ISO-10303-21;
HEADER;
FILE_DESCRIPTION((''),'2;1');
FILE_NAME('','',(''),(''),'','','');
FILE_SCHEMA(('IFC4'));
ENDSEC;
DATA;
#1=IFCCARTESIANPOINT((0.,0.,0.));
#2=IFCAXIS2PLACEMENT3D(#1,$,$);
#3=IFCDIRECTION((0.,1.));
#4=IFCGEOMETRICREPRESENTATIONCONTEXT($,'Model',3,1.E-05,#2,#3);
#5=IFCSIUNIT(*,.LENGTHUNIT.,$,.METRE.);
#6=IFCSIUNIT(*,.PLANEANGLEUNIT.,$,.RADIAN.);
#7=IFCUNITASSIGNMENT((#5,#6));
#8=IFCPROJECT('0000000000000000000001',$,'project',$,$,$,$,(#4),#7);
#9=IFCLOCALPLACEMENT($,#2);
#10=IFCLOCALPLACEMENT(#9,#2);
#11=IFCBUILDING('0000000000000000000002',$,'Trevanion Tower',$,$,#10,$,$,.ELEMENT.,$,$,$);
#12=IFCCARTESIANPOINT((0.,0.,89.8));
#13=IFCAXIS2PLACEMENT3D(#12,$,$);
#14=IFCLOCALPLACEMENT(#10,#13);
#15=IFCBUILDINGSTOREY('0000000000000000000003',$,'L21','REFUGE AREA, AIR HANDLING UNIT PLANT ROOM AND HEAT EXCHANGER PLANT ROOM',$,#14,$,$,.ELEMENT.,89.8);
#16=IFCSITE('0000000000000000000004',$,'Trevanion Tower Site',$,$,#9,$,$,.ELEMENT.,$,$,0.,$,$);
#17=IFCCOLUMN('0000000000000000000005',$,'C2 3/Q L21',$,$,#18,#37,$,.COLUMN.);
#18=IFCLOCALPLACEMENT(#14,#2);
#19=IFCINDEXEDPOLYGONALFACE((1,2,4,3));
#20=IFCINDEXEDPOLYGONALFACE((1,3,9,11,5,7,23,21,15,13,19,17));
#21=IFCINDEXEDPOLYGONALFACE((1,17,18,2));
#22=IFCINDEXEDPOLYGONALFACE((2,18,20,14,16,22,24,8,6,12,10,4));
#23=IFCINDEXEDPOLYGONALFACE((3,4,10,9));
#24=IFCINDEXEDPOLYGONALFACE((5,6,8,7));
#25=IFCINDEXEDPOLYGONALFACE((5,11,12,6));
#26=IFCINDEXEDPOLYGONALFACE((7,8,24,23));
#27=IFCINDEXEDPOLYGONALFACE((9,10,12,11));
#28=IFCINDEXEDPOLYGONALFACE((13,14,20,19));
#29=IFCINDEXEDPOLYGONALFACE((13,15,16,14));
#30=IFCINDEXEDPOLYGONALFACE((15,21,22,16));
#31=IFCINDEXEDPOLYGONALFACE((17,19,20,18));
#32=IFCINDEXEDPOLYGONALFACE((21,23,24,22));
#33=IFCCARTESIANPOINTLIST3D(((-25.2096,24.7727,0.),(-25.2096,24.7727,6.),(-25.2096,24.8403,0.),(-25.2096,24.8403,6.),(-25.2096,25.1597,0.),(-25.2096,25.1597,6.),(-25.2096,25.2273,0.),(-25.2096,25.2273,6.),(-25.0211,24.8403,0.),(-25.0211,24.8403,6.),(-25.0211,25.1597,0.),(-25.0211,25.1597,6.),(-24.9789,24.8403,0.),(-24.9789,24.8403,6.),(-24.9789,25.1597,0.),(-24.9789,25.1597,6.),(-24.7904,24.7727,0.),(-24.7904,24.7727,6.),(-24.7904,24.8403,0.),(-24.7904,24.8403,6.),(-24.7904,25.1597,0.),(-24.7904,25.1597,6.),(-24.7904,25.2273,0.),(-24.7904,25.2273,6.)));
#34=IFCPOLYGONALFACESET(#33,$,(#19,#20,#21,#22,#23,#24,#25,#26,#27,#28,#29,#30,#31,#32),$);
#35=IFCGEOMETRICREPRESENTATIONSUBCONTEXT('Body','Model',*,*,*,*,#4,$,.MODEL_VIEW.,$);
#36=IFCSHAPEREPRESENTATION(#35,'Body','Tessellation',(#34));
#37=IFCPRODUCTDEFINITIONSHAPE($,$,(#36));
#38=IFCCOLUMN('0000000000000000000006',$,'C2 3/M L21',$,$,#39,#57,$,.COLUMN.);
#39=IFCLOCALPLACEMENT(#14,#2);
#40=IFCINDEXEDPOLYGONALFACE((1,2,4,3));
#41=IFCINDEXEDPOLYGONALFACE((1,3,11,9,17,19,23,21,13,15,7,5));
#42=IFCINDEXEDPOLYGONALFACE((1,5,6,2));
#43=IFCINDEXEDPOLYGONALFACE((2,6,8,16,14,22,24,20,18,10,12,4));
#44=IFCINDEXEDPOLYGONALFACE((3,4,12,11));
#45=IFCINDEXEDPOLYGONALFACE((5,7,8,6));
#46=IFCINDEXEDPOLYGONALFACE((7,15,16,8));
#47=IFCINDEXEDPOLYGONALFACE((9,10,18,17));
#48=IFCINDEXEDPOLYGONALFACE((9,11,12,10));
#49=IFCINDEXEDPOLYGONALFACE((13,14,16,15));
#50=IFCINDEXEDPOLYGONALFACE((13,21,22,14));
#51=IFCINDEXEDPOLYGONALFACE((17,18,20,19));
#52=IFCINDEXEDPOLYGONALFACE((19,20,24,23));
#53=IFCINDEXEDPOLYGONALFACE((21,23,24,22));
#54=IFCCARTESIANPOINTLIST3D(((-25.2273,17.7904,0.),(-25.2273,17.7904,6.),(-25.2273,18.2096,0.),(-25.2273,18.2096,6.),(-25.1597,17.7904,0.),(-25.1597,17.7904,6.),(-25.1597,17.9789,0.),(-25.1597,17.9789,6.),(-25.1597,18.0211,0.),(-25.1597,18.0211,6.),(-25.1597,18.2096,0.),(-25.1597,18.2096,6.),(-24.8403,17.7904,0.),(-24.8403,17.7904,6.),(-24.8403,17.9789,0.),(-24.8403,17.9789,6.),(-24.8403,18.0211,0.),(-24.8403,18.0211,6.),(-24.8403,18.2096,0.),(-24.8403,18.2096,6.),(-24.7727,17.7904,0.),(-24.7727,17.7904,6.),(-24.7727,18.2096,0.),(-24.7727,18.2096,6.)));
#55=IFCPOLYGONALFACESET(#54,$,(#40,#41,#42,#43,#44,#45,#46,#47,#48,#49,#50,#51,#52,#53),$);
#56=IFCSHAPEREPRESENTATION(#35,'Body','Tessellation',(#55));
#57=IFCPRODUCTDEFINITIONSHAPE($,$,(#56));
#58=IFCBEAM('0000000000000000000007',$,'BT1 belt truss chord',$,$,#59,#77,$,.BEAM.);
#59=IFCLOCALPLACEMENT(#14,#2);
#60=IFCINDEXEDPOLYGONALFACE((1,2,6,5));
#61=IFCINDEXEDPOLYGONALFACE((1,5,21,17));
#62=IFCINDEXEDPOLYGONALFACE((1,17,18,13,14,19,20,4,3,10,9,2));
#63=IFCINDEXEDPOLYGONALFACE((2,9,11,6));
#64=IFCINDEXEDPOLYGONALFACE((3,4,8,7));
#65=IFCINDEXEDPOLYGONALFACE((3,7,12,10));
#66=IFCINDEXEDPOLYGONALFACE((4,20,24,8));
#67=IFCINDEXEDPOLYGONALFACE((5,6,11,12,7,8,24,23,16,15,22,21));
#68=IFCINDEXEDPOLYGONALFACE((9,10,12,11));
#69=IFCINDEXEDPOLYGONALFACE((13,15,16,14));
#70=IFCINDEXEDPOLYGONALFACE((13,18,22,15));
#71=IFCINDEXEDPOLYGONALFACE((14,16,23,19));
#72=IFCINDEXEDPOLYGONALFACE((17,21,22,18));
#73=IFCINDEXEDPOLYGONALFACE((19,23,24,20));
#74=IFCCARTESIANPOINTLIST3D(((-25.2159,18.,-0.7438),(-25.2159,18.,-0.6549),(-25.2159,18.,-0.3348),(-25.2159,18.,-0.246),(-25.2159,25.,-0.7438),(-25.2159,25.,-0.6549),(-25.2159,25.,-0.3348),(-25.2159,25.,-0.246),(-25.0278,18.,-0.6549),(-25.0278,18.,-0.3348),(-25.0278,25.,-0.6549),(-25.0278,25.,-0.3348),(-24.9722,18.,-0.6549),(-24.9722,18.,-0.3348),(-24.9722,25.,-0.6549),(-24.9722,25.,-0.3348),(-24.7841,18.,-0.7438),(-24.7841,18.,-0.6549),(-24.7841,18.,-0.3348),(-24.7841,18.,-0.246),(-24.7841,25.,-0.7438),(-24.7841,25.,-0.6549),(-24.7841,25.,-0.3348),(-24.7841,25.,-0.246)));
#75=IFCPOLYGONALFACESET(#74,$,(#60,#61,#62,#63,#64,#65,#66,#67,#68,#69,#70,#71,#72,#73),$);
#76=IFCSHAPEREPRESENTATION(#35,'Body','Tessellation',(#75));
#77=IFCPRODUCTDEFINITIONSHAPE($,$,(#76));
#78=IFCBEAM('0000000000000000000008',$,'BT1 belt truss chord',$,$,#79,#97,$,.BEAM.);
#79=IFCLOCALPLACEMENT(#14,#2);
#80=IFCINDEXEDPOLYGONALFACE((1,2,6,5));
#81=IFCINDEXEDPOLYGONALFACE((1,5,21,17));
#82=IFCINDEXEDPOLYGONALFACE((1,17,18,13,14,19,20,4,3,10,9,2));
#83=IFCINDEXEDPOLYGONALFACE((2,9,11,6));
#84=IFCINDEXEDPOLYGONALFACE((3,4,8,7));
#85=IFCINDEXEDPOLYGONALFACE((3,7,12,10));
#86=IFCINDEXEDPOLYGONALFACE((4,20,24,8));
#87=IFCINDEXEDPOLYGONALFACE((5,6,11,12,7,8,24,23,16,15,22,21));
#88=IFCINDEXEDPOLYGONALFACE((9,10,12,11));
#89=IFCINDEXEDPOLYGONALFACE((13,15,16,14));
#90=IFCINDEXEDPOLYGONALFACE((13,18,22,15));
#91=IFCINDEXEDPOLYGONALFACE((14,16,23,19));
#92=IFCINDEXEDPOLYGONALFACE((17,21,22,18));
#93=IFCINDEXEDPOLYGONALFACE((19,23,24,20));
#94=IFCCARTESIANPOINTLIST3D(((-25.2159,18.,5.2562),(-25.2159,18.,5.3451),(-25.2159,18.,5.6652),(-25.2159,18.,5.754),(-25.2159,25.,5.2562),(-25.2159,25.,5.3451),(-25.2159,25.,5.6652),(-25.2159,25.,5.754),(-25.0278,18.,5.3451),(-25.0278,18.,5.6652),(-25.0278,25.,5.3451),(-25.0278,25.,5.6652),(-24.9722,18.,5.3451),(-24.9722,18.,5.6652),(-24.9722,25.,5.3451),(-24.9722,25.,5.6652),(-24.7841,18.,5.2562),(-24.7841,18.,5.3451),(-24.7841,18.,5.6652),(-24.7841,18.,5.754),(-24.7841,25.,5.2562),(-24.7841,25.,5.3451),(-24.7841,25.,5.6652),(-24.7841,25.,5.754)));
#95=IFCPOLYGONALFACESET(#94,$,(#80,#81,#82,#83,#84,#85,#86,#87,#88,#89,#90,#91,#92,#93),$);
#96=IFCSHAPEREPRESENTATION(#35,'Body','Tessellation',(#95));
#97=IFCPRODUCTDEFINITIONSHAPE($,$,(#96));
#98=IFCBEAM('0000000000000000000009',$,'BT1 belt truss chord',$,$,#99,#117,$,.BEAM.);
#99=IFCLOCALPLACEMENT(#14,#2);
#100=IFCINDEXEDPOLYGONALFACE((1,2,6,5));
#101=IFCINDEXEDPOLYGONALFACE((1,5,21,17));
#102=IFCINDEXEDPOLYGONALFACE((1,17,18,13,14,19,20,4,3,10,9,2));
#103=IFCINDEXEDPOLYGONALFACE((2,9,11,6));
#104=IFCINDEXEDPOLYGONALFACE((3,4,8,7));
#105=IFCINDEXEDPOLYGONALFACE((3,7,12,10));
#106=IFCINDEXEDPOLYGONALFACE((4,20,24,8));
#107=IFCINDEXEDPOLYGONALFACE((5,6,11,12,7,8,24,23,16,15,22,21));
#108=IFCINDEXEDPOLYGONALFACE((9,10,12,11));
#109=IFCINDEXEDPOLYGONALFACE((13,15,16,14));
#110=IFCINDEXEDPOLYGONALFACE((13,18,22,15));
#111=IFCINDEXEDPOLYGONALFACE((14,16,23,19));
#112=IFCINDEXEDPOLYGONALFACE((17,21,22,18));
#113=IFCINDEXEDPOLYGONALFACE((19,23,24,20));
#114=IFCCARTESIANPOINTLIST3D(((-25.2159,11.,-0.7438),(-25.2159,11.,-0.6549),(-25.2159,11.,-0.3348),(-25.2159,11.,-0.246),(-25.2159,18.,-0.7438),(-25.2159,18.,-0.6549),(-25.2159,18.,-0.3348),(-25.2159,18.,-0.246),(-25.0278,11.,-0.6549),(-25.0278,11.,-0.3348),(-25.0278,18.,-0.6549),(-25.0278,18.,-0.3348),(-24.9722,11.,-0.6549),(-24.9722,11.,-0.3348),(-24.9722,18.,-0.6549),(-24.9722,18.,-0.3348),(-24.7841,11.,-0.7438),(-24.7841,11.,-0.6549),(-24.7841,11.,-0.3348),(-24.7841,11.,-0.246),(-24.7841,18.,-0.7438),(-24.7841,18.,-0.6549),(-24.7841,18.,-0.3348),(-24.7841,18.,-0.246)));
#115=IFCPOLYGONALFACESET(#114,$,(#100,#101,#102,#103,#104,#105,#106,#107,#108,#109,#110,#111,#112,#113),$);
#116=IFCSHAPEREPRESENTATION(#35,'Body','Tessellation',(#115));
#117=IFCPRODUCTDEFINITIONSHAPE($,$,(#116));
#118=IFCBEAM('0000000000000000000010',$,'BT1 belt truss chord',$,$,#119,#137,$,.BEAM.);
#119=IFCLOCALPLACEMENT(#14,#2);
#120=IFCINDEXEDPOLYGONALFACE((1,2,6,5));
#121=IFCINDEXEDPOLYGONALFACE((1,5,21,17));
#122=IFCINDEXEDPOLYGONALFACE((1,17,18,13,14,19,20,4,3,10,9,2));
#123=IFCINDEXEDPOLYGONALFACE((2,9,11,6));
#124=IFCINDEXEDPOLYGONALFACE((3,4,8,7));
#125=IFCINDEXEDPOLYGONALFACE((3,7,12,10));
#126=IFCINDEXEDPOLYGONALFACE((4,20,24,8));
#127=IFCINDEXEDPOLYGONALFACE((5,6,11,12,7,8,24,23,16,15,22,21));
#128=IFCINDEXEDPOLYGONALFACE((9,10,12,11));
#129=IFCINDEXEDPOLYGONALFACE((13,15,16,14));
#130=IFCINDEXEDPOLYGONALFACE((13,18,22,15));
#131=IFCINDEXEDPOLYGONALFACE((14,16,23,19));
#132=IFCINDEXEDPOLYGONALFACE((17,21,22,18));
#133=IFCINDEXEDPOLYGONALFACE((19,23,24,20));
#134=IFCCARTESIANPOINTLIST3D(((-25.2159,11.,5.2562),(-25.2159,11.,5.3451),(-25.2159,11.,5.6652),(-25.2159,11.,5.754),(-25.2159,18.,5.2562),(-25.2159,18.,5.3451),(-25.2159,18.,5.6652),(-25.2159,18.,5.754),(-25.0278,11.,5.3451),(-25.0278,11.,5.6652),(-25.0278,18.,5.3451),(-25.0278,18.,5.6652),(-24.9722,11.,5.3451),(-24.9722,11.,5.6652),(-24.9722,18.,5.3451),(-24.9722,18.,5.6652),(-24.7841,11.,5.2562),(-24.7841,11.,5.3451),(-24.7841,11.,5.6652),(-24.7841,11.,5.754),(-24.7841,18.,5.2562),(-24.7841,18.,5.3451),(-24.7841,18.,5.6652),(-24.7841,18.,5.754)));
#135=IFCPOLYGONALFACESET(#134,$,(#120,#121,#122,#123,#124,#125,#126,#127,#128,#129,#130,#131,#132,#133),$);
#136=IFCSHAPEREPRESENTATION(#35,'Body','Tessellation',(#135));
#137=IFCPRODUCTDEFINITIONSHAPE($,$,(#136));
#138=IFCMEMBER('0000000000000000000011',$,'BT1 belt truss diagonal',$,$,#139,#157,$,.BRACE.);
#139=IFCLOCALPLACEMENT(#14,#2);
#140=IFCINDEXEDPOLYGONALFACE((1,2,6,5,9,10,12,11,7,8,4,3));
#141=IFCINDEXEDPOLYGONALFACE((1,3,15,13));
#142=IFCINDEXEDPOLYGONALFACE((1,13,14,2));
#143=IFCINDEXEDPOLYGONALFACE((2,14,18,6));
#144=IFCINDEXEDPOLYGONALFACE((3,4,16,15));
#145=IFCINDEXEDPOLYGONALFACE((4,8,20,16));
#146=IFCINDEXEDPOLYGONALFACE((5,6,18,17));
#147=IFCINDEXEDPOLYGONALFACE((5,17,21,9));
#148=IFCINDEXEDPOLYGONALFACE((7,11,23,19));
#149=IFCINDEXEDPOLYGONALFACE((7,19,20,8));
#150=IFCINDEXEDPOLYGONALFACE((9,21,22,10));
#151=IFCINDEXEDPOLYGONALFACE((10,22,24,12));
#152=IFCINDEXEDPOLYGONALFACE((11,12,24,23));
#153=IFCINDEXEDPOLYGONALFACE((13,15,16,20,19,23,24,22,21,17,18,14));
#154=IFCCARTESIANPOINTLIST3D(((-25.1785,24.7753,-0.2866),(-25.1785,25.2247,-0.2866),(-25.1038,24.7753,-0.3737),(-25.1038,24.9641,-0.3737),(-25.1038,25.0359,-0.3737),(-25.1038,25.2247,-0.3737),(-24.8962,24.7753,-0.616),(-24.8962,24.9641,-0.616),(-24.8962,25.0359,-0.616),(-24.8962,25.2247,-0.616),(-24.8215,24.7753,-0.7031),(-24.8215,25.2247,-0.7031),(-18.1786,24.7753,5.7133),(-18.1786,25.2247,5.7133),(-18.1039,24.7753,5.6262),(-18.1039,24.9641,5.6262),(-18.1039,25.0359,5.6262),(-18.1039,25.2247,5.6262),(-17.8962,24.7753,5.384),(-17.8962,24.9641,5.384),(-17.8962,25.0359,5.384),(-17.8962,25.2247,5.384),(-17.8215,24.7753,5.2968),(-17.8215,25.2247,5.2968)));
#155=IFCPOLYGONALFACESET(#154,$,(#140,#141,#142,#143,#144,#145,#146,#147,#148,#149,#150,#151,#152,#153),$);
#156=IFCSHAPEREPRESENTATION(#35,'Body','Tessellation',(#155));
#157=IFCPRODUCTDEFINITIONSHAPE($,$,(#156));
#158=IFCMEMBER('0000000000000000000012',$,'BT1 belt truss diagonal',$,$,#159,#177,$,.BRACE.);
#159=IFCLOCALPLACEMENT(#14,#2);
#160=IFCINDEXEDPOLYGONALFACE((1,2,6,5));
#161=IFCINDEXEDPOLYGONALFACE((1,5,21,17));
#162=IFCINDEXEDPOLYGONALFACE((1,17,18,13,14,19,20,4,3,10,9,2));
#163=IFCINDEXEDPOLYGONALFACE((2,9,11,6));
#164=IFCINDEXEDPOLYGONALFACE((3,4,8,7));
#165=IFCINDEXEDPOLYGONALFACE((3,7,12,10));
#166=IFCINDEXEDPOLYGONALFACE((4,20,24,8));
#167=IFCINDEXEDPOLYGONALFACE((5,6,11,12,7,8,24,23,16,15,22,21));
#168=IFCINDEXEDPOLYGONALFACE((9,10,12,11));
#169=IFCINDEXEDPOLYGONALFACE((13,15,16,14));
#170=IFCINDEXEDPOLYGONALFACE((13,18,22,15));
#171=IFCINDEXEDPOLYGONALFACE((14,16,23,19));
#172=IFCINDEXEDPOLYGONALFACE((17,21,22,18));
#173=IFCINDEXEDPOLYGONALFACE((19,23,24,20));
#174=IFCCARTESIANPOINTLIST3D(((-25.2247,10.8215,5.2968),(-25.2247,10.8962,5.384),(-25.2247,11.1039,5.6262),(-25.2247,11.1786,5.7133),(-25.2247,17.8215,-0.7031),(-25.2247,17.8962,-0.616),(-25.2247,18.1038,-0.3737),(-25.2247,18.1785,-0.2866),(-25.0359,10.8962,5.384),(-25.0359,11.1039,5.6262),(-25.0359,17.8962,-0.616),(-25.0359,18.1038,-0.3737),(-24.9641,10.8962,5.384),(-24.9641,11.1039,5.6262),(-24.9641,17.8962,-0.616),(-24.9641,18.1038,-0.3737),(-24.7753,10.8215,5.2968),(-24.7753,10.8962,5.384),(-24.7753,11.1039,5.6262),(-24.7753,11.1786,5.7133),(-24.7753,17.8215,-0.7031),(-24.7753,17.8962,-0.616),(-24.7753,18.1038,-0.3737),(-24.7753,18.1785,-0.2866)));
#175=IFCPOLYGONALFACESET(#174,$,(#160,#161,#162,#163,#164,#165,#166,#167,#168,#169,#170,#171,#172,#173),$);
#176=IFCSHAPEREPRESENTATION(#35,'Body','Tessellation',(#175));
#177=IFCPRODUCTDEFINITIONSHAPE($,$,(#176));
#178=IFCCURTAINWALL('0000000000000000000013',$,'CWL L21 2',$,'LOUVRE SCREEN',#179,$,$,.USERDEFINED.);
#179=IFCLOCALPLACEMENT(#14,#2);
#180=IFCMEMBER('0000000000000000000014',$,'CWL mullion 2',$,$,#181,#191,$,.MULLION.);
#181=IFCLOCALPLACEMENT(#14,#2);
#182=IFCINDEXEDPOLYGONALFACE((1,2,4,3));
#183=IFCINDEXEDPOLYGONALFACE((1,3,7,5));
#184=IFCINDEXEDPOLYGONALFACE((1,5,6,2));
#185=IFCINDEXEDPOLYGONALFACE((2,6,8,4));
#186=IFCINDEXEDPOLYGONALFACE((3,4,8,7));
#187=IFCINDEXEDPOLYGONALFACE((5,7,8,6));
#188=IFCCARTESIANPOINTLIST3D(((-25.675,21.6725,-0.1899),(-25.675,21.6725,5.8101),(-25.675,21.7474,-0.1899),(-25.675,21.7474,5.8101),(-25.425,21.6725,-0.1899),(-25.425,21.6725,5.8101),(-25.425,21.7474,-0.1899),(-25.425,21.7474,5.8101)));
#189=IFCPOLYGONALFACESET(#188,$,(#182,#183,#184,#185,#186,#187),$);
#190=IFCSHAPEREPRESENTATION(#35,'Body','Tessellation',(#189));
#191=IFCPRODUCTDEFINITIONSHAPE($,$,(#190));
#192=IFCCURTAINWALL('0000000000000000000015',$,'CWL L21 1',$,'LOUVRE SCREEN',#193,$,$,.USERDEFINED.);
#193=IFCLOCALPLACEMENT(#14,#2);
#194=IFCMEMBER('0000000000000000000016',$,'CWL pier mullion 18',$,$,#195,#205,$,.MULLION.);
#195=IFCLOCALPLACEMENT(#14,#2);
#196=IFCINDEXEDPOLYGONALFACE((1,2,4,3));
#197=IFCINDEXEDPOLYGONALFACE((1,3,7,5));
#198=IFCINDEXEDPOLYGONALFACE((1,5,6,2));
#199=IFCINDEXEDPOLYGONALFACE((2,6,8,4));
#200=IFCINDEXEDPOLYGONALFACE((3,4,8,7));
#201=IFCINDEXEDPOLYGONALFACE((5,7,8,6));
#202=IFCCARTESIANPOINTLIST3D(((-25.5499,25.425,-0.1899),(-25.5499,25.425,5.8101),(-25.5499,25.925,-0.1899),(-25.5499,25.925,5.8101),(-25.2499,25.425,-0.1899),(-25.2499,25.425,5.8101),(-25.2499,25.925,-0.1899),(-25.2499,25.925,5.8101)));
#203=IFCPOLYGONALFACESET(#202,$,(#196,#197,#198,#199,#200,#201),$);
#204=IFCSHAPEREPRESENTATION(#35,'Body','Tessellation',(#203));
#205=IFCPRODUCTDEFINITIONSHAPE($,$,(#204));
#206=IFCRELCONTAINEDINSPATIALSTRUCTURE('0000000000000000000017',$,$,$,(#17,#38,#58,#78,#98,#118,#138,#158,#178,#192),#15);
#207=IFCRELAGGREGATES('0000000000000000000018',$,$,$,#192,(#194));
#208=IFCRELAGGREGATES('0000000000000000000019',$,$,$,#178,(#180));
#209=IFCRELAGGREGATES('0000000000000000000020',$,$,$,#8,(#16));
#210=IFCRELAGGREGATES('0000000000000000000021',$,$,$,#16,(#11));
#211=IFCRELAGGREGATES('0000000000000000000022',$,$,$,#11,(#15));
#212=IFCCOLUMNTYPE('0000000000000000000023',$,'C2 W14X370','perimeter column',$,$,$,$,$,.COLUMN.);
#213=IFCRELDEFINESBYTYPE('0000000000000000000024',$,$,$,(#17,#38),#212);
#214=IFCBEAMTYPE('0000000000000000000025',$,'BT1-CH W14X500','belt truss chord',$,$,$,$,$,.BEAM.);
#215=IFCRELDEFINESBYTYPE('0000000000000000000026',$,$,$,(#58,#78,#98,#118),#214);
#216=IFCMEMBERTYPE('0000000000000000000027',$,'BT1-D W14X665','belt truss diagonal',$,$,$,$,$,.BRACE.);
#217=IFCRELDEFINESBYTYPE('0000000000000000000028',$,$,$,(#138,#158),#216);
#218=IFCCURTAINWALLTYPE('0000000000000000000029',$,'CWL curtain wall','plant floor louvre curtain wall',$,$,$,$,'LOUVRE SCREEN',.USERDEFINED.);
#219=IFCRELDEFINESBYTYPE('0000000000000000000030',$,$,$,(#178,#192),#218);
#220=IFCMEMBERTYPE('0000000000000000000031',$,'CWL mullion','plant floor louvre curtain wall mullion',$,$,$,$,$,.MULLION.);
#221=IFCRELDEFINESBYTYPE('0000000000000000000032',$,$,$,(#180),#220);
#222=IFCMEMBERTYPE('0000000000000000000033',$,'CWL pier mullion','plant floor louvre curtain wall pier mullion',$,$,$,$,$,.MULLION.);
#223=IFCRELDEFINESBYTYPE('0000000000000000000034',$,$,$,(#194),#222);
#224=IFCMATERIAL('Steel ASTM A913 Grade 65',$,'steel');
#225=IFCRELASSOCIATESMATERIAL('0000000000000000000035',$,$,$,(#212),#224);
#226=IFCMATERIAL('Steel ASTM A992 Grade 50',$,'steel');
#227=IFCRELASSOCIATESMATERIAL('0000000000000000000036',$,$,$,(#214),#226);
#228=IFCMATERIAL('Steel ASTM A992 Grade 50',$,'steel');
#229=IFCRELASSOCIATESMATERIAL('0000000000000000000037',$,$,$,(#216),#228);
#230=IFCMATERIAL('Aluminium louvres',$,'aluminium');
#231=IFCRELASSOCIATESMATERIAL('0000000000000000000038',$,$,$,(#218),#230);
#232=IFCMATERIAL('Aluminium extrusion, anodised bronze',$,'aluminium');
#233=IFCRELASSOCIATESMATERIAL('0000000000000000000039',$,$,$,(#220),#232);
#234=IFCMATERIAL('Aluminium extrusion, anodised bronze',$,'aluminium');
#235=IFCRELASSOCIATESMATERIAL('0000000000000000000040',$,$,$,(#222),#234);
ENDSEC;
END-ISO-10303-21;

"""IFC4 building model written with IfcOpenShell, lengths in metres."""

from ifc_helpers import new_model, si_unit, direction, frame, origin, origin_2d, place, context, subcontext, project, spatial, rectangle, i_section, extrude, material, material_profile, profile_set, type_object, element, aggregate, save


model = new_model("IFC4")

# Units and contexts
model_context = context("Model", 3, precision=1e-05, world=origin(), true_north=direction((0.0, 1.0)))
body_context = subcontext(model_context, "Body", "Model", "MODEL_VIEW")
ifc_project = project(units=[si_unit("LENGTHUNIT", "METRE"), si_unit("PLANEANGLEUNIT", "RADIAN")], contexts=[model_context])

# Site, building, storey
site_placement = place(None, origin())
site = spatial("IfcSite", under=ifc_project, at=site_placement, Name="Trevanion Tower Site", CompositionType="ELEMENT", RefElevation=0.0)
building_placement = place(site_placement, origin())
building = spatial("IfcBuilding", under=site, at=building_placement, Name="Trevanion Tower", CompositionType="ELEMENT")
storey_placement = place(building_placement, frame((0.0, 0.0, 89.8)))
storey = spatial("IfcBuildingStorey", under=building, at=storey_placement, Name="L21", Description="REFUGE AREA, AIR HANDLING UNIT PLANT ROOM AND HEAT EXCHANGER PLANT ROOM", CompositionType="ELEMENT", Elevation=89.8)

# Columns
ifc_material_1 = material(Name="Steel ASTM A913 Grade 65", Category="steel")
ifc_material_profile_1 = material_profile(ifc_material_1, i_section(OverallWidth=0.4192, OverallDepth=0.4546, WebThickness=0.0422, FlangeThickness=0.0676, at=origin_2d()), Name="W14X370")
ifc_profile_set_1 = profile_set([ifc_material_profile_1], Name="Steel ASTM A913 Grade 65")
column_type = type_object("IfcColumnType", Name="C2 W14X370", Description="perimeter column", PredefinedType="COLUMN", material=ifc_profile_set_1)
for number, where, z_axis, x_axis, name in (
    (1, (-25.0, 25.0, 0.0), (0.0, 0.0, 1.0), (1.0, 0.0, 0.0), "C2 3/Q L21"),
    (2, (-25.0, 18.0, 0.0), (0.0, 0.0, 1.0), (0.0, 1.0, 0.0), "C2 3/M L21"),
):
    element("IfcColumn", number, at=place(storey_placement, frame(where, z_axis=z_axis, x_axis=x_axis)), inside=storey, type_object=column_type, Name=name, PredefinedType="COLUMN", context=body_context, shape_type="SweptSolid", body=[
        extrude(i_section(OverallWidth=0.4192, OverallDepth=0.4546, WebThickness=0.0422, FlangeThickness=0.0676, at=origin_2d()), origin(), (0.0, 0.0, 1.0), 6.0),
    ])

# Beams
ifc_material_2 = material(Name="Steel ASTM A992 Grade 50", Category="steel")
ifc_material_profile_2 = material_profile(ifc_material_2, i_section(OverallWidth=0.4319, OverallDepth=0.4978, WebThickness=0.0557, FlangeThickness=0.0889, at=origin_2d()), Name="W14X500")
ifc_profile_set_2 = profile_set([ifc_material_profile_2], Name="Steel ASTM A992 Grade 50")
beam_type = type_object("IfcBeamType", Name="BT1-CH W14X500", Description="belt truss chord", PredefinedType="BEAM", material=ifc_profile_set_2)
for number, where, z_axis, x_axis, name in (
    (3, (-25.0, 25.0, -0.4949), (0.0, -1.0, 0.0), (1.0, 0.0, 0.0), "BT1 belt truss chord"),
    (4, (-25.0, 25.0, 5.5051), (0.0, -1.0, 0.0), (1.0, 0.0, 0.0), "BT1 belt truss chord"),
    (5, (-25.0, 18.0, -0.4949), (0.0, -1.0, 0.0), (1.0, 0.0, 0.0), "BT1 belt truss chord"),
    (6, (-25.0, 18.0, 5.5051), (0.0, -1.0, 0.0), (1.0, 0.0, 0.0), "BT1 belt truss chord"),
):
    element("IfcBeam", number, at=place(storey_placement, frame(where, z_axis=z_axis, x_axis=x_axis)), inside=storey, type_object=beam_type, Name=name, PredefinedType="BEAM", context=body_context, shape_type="SweptSolid", body=[
        extrude(i_section(OverallWidth=0.4319, OverallDepth=0.4978, WebThickness=0.0557, FlangeThickness=0.0889, at=origin_2d()), origin(), (0.0, 0.0, 1.0), 7.0),
    ])

# Members
ifc_material_3 = material(Name="Steel ASTM A992 Grade 50", Category="steel")
ifc_material_profile_3 = material_profile(ifc_material_3, i_section(OverallWidth=0.4495, OverallDepth=0.5486, WebThickness=0.0718, FlangeThickness=0.1147, at=origin_2d()), Name="W14X665")
ifc_profile_set_3 = profile_set([ifc_material_profile_3], Name="Steel ASTM A992 Grade 50")
member_type_1 = type_object("IfcMemberType", Name="BT1-D W14X665", Description="belt truss diagonal", PredefinedType="BRACE", material=ifc_profile_set_3)
for number, where, z_axis, x_axis, name in (
    (7, (-25.0, 25.0, -0.4949), (0.759257, 0.0, 0.650791), (0.0, 1.0, 0.0), "BT1 belt truss diagonal"),
    (8, (-25.0, 18.0, -0.4949), (0.0, -0.759257, 0.650791), (1.0, 0.0, 0.0), "BT1 belt truss diagonal"),
):
    element("IfcMember", number, at=place(storey_placement, frame(where, z_axis=z_axis, x_axis=x_axis)), inside=storey, type_object=member_type_1, Name=name, PredefinedType="BRACE", context=body_context, shape_type="SweptSolid", body=[
        extrude(i_section(OverallWidth=0.4495, OverallDepth=0.5486, WebThickness=0.0718, FlangeThickness=0.1147, at=origin_2d()), origin(), (0.0, 0.0, 1.0), 9.2195),
    ])

# Curtain walls, members
ifc_material_4 = material(Name="Aluminium louvres", Category="aluminium")
curtain_wall_type = type_object("IfcCurtainWallType", Name="CWL curtain wall", Description="plant floor louvre curtain wall", ElementType="LOUVRE SCREEN", PredefinedType="USERDEFINED", material=ifc_material_4)
curtain_wall_1_placement = place(storey_placement, origin())
curtain_wall_1 = element("IfcCurtainWall", 9, at=curtain_wall_1_placement, inside=storey, type_object=curtain_wall_type, Name="CWL L21 2", ObjectType="LOUVRE SCREEN", PredefinedType="USERDEFINED")
ifc_material_5 = material(Name="Aluminium extrusion, anodised bronze", Category="aluminium")
ifc_material_profile_4 = material_profile(ifc_material_5, rectangle(XDim=0.075, YDim=0.25, at=origin_2d()), Name="CWL mullion")
ifc_profile_set_4 = profile_set([ifc_material_profile_4], Name="Aluminium extrusion, anodised bronze")
member_type_2 = type_object("IfcMemberType", Name="CWL mullion", Description="plant floor louvre curtain wall mullion", PredefinedType="MULLION", material=ifc_profile_set_4)
member_1_placement = place(storey_placement, frame((-25.55, 21.71, -0.1899), z_axis=(0.0, 0.0, 1.0), x_axis=(0.0, -1.0, 0.0)))
member_1 = element("IfcMember", 10, at=member_1_placement, type_object=member_type_2, Name="CWL mullion 2", PredefinedType="MULLION", context=body_context, shape_type="SweptSolid", body=[
    extrude(rectangle(XDim=0.075, YDim=0.25, at=origin_2d()), origin(), (0.0, 0.0, 1.0), 6.0),
])
curtain_wall_2_placement = place(storey_placement, origin())
curtain_wall_2 = element("IfcCurtainWall", 11, at=curtain_wall_2_placement, inside=storey, type_object=curtain_wall_type, Name="CWL L21 1", ObjectType="LOUVRE SCREEN", PredefinedType="USERDEFINED")
ifc_material_6 = material(Name="Aluminium extrusion, anodised bronze", Category="aluminium")
ifc_material_profile_5 = material_profile(ifc_material_6, rectangle(XDim=0.3, YDim=0.5, at=origin_2d()), Name="CWL pier mullion")
ifc_profile_set_5 = profile_set([ifc_material_profile_5], Name="Aluminium extrusion, anodised bronze")
member_type_3 = type_object("IfcMemberType", Name="CWL pier mullion", Description="plant floor louvre curtain wall pier mullion", PredefinedType="MULLION", material=ifc_profile_set_5)
member_2_placement = place(storey_placement, frame((-25.3999, 25.675, -0.1899), z_axis=(0.0, 0.0, 1.0), x_axis=(-1.0, 0.0, 0.0)))
member_2 = element("IfcMember", 12, at=member_2_placement, type_object=member_type_3, Name="CWL pier mullion 18", PredefinedType="MULLION", context=body_context, shape_type="SweptSolid", body=[
    extrude(rectangle(XDim=0.3, YDim=0.5, at=origin_2d()), origin(), (0.0, 0.0, 1.0), 6.0),
])
aggregate(curtain_wall_2, [member_2])

aggregate(curtain_wall_1, [member_1])

save(model, "model.ifc")
